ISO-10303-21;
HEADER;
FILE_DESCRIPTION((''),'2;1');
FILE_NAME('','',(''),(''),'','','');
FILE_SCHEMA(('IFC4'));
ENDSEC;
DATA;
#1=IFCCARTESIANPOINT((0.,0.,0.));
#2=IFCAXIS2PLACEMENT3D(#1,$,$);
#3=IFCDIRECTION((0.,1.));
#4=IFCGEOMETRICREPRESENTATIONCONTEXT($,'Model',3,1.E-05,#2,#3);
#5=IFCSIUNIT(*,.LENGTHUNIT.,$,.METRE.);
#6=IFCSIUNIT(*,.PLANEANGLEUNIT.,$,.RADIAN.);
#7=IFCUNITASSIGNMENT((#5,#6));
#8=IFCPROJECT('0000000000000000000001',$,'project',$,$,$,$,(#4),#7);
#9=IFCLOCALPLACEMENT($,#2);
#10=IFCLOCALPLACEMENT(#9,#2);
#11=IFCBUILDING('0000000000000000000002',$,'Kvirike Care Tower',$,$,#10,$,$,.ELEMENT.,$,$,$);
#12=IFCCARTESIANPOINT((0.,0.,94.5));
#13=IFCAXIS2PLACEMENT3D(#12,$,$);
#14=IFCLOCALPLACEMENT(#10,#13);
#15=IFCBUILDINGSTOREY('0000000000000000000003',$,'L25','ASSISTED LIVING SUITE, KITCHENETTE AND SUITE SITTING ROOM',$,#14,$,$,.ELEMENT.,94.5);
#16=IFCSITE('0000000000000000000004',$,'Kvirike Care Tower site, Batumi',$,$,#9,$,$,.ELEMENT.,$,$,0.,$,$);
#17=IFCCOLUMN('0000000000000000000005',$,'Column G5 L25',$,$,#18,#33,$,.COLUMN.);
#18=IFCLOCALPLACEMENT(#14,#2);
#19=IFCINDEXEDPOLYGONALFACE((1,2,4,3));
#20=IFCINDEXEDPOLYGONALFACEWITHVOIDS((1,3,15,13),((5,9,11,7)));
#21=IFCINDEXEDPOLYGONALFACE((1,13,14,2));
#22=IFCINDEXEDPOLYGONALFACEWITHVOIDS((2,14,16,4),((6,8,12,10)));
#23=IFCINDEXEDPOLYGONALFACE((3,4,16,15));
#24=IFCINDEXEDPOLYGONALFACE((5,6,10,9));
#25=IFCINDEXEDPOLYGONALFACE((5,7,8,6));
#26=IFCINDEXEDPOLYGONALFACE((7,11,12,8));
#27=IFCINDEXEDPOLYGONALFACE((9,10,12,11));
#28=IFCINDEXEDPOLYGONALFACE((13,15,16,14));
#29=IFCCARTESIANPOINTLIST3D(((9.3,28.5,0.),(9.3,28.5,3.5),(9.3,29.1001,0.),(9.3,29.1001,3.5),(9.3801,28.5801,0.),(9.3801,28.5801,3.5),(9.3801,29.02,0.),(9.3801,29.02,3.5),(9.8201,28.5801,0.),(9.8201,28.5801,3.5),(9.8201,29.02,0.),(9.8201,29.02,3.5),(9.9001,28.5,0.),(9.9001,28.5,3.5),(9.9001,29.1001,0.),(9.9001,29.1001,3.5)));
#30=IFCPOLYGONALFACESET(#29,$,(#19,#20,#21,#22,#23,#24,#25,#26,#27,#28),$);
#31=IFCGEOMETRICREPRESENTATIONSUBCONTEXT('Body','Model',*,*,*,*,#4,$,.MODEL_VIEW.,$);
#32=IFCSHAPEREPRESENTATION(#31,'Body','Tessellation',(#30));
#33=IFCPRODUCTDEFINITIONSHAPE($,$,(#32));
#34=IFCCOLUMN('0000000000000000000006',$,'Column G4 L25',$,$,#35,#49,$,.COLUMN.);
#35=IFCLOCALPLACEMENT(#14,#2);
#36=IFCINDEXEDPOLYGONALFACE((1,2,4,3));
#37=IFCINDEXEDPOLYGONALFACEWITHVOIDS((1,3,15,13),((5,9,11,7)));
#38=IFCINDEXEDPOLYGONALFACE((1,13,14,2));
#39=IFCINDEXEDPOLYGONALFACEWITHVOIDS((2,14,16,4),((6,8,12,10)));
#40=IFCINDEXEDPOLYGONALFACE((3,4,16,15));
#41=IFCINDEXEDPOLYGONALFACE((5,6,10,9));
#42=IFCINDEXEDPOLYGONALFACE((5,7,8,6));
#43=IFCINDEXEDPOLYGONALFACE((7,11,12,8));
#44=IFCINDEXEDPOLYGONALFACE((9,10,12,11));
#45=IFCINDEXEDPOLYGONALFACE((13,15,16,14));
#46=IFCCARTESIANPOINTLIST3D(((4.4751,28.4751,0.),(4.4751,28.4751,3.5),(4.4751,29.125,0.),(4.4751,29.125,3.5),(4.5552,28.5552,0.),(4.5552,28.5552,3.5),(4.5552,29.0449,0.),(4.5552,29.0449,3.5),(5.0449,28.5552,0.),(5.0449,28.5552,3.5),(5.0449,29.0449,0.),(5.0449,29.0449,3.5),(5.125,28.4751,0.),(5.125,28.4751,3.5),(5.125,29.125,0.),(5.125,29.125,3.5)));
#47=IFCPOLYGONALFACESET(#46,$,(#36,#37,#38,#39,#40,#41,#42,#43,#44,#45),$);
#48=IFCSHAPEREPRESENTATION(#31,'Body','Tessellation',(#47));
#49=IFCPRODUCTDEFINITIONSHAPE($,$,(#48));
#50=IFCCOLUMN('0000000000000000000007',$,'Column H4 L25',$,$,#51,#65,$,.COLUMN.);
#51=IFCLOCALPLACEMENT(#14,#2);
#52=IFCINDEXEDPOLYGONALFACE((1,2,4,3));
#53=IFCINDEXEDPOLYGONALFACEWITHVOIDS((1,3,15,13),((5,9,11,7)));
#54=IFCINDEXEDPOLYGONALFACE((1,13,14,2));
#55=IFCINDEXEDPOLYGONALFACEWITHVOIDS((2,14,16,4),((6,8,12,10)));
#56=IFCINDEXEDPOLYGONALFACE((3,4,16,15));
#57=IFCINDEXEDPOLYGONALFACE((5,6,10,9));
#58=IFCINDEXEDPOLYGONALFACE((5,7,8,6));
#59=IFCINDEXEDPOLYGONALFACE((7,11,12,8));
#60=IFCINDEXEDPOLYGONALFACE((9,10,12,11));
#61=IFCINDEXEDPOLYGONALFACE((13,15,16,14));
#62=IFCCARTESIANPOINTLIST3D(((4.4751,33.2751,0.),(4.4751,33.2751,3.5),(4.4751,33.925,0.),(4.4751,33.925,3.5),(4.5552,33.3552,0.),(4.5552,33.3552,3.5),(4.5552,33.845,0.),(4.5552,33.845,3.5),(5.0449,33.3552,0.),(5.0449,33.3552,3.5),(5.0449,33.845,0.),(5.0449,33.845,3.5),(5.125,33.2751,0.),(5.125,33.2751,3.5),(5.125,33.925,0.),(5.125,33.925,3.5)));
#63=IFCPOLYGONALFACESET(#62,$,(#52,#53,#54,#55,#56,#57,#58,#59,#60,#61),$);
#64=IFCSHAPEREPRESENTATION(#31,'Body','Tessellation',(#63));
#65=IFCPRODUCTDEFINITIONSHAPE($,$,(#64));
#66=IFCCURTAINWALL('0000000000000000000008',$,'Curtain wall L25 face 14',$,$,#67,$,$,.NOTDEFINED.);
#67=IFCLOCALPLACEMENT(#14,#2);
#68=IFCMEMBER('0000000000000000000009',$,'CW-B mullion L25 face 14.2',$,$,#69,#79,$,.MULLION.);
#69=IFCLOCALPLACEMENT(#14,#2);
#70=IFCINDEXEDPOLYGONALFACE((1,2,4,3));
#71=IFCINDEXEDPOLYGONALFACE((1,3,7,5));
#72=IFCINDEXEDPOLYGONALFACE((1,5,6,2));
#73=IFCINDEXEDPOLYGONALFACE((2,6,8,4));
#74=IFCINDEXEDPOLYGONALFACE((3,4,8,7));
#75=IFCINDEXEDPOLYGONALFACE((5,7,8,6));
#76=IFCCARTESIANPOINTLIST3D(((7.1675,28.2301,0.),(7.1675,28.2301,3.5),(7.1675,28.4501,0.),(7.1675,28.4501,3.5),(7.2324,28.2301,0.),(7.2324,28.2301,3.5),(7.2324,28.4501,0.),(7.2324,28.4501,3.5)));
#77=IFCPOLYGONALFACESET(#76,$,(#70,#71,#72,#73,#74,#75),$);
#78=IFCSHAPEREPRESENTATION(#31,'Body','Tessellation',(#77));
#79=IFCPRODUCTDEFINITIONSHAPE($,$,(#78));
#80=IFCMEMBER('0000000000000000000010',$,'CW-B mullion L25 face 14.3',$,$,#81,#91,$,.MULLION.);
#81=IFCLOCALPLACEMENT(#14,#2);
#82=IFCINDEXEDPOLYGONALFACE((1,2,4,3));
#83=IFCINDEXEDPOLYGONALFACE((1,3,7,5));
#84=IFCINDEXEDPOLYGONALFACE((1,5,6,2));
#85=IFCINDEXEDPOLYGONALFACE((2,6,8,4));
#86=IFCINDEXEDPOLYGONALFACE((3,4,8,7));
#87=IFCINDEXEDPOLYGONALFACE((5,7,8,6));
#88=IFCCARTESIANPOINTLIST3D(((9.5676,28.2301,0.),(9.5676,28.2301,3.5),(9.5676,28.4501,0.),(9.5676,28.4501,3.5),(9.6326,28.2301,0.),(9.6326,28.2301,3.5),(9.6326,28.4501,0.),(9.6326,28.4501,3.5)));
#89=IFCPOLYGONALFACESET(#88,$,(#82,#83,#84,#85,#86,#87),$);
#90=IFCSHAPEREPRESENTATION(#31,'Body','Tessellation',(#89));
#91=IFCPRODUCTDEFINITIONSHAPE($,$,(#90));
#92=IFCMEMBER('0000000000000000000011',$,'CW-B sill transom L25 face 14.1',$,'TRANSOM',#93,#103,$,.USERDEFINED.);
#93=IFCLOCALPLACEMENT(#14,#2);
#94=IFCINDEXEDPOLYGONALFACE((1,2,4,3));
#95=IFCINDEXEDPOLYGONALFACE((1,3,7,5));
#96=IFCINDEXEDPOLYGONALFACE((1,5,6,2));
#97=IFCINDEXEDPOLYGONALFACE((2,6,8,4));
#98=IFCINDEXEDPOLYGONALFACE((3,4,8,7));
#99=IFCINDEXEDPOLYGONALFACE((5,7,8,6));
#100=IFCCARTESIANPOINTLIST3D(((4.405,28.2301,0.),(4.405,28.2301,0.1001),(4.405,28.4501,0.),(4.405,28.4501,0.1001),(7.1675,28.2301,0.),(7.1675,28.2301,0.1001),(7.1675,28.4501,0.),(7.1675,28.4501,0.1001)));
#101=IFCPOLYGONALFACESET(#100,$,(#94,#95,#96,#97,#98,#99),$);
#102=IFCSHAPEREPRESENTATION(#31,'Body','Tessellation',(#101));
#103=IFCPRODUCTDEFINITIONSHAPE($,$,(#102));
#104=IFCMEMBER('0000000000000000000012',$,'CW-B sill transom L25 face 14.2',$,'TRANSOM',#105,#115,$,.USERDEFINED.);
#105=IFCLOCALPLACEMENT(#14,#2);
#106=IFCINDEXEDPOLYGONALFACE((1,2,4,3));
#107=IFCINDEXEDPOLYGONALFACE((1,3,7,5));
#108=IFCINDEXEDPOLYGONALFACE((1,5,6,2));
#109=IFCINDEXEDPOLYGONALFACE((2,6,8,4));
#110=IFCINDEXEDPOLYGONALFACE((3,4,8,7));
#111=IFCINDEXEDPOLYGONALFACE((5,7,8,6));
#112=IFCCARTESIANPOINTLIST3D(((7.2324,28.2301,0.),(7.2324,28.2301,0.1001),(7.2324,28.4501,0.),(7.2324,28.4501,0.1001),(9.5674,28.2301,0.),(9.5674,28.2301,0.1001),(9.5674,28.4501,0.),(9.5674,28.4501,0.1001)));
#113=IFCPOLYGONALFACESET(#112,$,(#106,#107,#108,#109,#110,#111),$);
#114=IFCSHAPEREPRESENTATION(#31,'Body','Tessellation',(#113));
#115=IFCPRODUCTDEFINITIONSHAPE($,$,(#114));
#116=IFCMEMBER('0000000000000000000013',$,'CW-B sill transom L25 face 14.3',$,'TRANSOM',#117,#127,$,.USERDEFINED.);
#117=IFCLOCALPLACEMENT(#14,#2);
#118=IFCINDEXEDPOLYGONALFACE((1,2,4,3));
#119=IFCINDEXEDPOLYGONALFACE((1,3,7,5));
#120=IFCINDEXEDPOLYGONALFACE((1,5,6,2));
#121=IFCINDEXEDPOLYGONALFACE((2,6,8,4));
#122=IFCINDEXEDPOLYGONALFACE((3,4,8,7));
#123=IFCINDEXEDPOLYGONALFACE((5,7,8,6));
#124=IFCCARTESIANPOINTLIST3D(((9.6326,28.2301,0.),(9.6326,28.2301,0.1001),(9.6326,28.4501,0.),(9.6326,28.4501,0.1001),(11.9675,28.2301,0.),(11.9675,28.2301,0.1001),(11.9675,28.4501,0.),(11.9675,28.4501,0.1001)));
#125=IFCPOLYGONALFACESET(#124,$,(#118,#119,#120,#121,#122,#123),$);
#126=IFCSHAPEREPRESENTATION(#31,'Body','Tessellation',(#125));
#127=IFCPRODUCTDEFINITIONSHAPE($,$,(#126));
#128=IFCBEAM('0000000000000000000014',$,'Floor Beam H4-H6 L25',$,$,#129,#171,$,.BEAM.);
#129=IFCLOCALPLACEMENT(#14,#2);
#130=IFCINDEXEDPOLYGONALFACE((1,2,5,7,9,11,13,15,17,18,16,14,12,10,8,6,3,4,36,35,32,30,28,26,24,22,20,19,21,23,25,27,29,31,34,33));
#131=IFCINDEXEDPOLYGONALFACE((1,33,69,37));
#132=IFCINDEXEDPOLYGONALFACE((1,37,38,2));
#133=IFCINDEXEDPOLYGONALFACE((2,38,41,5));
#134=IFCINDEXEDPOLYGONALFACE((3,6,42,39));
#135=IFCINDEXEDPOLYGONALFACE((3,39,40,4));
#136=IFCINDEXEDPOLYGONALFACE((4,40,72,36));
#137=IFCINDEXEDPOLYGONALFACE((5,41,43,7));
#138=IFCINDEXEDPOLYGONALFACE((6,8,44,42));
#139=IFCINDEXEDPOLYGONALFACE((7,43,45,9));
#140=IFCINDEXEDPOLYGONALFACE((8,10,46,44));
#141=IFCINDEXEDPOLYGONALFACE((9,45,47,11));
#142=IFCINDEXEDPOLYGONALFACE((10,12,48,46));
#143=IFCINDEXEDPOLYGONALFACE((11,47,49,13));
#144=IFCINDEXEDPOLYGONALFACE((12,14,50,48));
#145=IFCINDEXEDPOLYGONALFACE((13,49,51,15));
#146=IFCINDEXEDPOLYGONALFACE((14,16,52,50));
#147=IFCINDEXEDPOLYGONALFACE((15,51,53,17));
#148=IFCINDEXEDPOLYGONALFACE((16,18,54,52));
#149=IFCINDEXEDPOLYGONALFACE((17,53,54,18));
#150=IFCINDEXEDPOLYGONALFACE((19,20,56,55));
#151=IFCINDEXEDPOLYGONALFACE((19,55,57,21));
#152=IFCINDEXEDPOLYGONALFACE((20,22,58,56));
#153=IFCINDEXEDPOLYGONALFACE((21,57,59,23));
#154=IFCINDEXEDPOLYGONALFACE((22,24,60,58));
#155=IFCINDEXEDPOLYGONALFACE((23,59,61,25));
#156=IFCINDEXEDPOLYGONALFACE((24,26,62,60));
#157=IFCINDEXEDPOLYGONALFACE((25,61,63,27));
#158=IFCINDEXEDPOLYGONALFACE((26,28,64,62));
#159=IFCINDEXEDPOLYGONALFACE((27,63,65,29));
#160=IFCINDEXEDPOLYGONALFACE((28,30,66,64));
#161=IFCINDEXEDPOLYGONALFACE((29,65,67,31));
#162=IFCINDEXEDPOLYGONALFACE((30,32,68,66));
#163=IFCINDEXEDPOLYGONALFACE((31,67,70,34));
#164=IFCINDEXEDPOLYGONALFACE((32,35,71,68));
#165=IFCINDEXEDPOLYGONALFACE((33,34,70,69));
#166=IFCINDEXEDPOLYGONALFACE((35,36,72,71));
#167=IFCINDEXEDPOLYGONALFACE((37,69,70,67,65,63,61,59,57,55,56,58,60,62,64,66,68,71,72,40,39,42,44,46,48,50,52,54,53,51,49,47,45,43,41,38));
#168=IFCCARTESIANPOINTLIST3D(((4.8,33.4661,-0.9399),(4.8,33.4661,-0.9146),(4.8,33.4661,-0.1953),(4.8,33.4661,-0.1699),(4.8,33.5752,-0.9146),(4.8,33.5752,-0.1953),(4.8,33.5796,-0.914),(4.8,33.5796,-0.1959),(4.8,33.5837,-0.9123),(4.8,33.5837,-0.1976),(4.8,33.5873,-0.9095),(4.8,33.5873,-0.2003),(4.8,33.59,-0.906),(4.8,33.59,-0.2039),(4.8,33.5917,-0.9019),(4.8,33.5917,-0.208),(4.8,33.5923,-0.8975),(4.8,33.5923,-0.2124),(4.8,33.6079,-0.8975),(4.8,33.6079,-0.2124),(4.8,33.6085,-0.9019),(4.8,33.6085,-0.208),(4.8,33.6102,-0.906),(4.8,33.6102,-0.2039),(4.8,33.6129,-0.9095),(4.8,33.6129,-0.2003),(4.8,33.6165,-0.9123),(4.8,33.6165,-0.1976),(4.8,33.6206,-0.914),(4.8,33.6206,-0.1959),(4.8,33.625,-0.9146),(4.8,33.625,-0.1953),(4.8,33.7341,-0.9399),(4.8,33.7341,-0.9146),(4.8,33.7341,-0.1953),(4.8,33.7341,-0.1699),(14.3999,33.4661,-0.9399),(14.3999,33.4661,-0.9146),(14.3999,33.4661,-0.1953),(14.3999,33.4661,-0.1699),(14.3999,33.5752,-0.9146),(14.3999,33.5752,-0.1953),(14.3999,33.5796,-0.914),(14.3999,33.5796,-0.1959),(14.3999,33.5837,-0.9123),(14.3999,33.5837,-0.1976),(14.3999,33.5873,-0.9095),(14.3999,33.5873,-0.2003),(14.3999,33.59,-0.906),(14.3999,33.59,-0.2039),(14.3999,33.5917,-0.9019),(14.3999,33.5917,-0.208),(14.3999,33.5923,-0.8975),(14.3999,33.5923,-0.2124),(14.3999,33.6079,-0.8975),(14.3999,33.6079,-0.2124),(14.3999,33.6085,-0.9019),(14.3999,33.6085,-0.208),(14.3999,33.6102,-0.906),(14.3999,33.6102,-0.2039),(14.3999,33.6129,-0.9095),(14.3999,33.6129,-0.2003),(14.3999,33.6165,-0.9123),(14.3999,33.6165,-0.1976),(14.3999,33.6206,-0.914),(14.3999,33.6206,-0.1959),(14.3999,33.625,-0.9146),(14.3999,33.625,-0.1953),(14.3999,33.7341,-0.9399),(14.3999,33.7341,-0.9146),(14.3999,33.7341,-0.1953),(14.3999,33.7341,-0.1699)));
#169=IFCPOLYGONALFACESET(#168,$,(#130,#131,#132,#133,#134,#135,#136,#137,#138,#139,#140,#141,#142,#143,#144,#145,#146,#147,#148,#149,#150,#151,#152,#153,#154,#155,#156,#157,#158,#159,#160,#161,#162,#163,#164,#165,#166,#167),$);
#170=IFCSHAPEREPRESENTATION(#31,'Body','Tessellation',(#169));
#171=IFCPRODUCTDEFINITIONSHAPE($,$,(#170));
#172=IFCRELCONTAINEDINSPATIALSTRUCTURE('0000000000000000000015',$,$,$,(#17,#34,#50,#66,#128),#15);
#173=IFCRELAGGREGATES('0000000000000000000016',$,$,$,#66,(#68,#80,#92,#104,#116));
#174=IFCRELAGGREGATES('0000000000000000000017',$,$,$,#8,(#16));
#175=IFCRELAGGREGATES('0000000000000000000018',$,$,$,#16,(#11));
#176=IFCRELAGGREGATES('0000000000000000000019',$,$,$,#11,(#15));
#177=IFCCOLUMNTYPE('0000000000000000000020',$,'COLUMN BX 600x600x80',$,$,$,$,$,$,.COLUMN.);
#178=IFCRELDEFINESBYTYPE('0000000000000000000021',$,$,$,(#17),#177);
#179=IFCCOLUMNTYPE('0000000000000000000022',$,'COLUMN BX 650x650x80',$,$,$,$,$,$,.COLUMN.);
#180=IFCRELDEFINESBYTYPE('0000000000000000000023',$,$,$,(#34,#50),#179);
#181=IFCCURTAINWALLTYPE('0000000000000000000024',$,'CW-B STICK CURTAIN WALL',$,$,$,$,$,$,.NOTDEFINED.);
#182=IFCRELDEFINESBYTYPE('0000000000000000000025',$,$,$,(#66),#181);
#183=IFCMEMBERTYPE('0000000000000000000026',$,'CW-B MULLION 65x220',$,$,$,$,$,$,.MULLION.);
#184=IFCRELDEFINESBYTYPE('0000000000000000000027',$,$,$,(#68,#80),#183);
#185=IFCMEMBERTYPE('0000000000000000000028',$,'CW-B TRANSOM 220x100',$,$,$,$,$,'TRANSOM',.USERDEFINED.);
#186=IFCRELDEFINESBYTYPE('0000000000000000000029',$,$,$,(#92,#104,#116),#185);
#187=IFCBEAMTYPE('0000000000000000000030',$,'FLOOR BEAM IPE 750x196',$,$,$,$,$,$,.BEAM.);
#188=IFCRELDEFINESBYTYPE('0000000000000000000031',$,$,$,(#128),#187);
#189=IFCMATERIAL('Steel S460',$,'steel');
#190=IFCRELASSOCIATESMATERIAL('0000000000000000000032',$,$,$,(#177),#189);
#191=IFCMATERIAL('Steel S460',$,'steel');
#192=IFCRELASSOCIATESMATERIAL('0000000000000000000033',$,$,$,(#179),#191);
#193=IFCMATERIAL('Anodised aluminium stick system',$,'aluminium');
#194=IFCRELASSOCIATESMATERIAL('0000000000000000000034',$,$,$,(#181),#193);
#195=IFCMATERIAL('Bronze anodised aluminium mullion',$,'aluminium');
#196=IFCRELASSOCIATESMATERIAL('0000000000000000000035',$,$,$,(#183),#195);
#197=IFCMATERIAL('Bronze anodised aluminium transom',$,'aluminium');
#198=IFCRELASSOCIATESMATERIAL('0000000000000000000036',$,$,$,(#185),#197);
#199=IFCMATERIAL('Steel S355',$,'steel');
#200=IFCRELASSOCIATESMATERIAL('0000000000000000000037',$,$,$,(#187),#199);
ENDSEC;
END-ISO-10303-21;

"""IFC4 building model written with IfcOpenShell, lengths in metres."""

from ifc_helpers import new_model, si_unit, direction, frame, origin, origin_2d, place, context, subcontext, project, spatial, rectangle, hollow_rectangle, i_section, extrude, material, material_profile, profile_set, type_object, element, aggregate, save


model = new_model("IFC4")

# Units and contexts
model_context = context("Model", 3, precision=1e-05, world=origin(), true_north=direction((0.0, 1.0)))
body_context = subcontext(model_context, "Body", "Model", "MODEL_VIEW")
ifc_project = project(units=[si_unit("LENGTHUNIT", "METRE"), si_unit("PLANEANGLEUNIT", "RADIAN")], contexts=[model_context])

# Site, building, storey
site_placement = place(None, origin())
site = spatial("IfcSite", under=ifc_project, at=site_placement, Name="Kvirike Care Tower site, Batumi", CompositionType="ELEMENT", RefElevation=0.0)
building_placement = place(site_placement, origin())
building = spatial("IfcBuilding", under=site, at=building_placement, Name="Kvirike Care Tower", CompositionType="ELEMENT")
storey_placement = place(building_placement, frame((0.0, 0.0, 94.5)))
storey = spatial("IfcBuildingStorey", under=building, at=storey_placement, Name="L25", Description="ASSISTED LIVING SUITE, KITCHENETTE AND SUITE SITTING ROOM", CompositionType="ELEMENT", Elevation=94.5)

# Columns
ifc_material_1 = material(Name="Steel S460", Category="steel")
ifc_material_profile_1 = material_profile(ifc_material_1, hollow_rectangle(XDim=0.6001, YDim=0.6001, WallThickness=0.0801, at=origin_2d()), Name="BX 600x600x80")
ifc_profile_set_1 = profile_set([ifc_material_profile_1], Name="Steel S460")
column_type_1 = type_object("IfcColumnType", Name="COLUMN BX 600x600x80", PredefinedType="COLUMN", material=ifc_profile_set_1)
column_placement = place(storey_placement, frame((9.6001, 28.8, 0.0), z_axis=(0.0, 0.0, 1.0), x_axis=(0.0, 1.0, 0.0)))
element("IfcColumn", 1, at=column_placement, inside=storey, type_object=column_type_1, Name="Column G5 L25", PredefinedType="COLUMN", context=body_context, shape_type="SweptSolid", body=[
    extrude(hollow_rectangle(XDim=0.6001, YDim=0.6001, WallThickness=0.0801, at=origin_2d()), origin(), (0.0, 0.0, 1.0), 3.5),
])
ifc_material_2 = material(Name="Steel S460", Category="steel")
ifc_material_profile_2 = material_profile(ifc_material_2, hollow_rectangle(XDim=0.6499, YDim=0.6499, WallThickness=0.0801, at=origin_2d()), Name="BX 650x650x80")
ifc_profile_set_2 = profile_set([ifc_material_profile_2], Name="Steel S460")
column_type_2 = type_object("IfcColumnType", Name="COLUMN BX 650x650x80", PredefinedType="COLUMN", material=ifc_profile_set_2)
for number, where, z_axis, x_axis, name in (
    (2, (4.8, 28.8, 0.0), (0.0, 0.0, 1.0), (0.0, 1.0, 0.0), "Column G4 L25"),
    (3, (4.8, 33.6001, 0.0), (0.0, 0.0, 1.0), (0.0, 1.0, 0.0), "Column H4 L25"),
):
    element("IfcColumn", number, at=place(storey_placement, frame(where, z_axis=z_axis, x_axis=x_axis)), inside=storey, type_object=column_type_2, Name=name, PredefinedType="COLUMN", context=body_context, shape_type="SweptSolid", body=[
        extrude(hollow_rectangle(XDim=0.6499, YDim=0.6499, WallThickness=0.0801, at=origin_2d()), origin(), (0.0, 0.0, 1.0), 3.5),
    ])

# Curtain wall, members
ifc_material_3 = material(Name="Anodised aluminium stick system", Category="aluminium")
curtain_wall_type = type_object("IfcCurtainWallType", Name="CW-B STICK CURTAIN WALL", PredefinedType="NOTDEFINED", material=ifc_material_3)
curtain_wall_placement = place(storey_placement, origin())
curtain_wall = element("IfcCurtainWall", 4, at=curtain_wall_placement, inside=storey, type_object=curtain_wall_type, Name="Curtain wall L25 face 14", PredefinedType="NOTDEFINED")
ifc_material_4 = material(Name="Bronze anodised aluminium mullion", Category="aluminium")
ifc_material_profile_3 = material_profile(ifc_material_4, rectangle(XDim=0.0649, YDim=0.22, at=origin_2d()), Name="CW-B MULLION 65x220")
ifc_profile_set_3 = profile_set([ifc_material_profile_3], Name="Bronze anodised aluminium mullion")
member_type_1 = type_object("IfcMemberType", Name="CW-B MULLION 65x220", PredefinedType="MULLION", material=ifc_profile_set_3)
member_1_placement = place(storey_placement, frame((7.2, 28.3401, 0.0), z_axis=(0.0, 0.0, 1.0), x_axis=(1.0, 0.0, 0.0)))
member_1 = element("IfcMember", 5, at=member_1_placement, type_object=member_type_1, Name="CW-B mullion L25 face 14.2", PredefinedType="MULLION", context=body_context, shape_type="SweptSolid", body=[
    extrude(rectangle(XDim=0.0649, YDim=0.22, at=origin_2d()), origin(), (0.0, 0.0, 1.0), 3.5),
])
member_2_placement = place(storey_placement, frame((9.6001, 28.3401, 0.0), z_axis=(0.0, 0.0, 1.0), x_axis=(1.0, 0.0, 0.0)))
member_2 = element("IfcMember", 6, at=member_2_placement, type_object=member_type_1, Name="CW-B mullion L25 face 14.3", PredefinedType="MULLION", context=body_context, shape_type="SweptSolid", body=[
    extrude(rectangle(XDim=0.0649, YDim=0.22, at=origin_2d()), origin(), (0.0, 0.0, 1.0), 3.5),
])
ifc_material_5 = material(Name="Bronze anodised aluminium transom", Category="aluminium")
ifc_material_profile_4 = material_profile(ifc_material_5, rectangle(XDim=0.22, YDim=0.1001, at=origin_2d()), Name="CW-B TRANSOM 220x100")
ifc_profile_set_4 = profile_set([ifc_material_profile_4], Name="Bronze anodised aluminium transom")
member_type_2 = type_object("IfcMemberType", Name="CW-B TRANSOM 220x100", ElementType="TRANSOM", PredefinedType="USERDEFINED", material=ifc_profile_set_4)
member_3_placement = place(storey_placement, frame((4.405, 28.3401, 0.05), z_axis=(1.0, 0.0, 0.0), x_axis=(0.0, 1.0, 0.0)))
member_3 = element("IfcMember", 7, at=member_3_placement, type_object=member_type_2, Name="CW-B sill transom L25 face 14.1", ObjectType="TRANSOM", PredefinedType="USERDEFINED", context=body_context, shape_type="SweptSolid", body=[
    extrude(rectangle(XDim=0.22, YDim=0.1001, at=origin_2d()), origin(), (0.0, 0.0, 1.0), 2.7625),
])
member_4_placement = place(storey_placement, frame((7.2324, 28.3401, 0.05), z_axis=(1.0, 0.0, 0.0), x_axis=(0.0, 1.0, 0.0)))
member_4 = element("IfcMember", 8, at=member_4_placement, type_object=member_type_2, Name="CW-B sill transom L25 face 14.2", ObjectType="TRANSOM", PredefinedType="USERDEFINED", context=body_context, shape_type="SweptSolid", body=[
    extrude(rectangle(XDim=0.22, YDim=0.1001, at=origin_2d()), origin(), (0.0, 0.0, 1.0), 2.335),
])
member_5_placement = place(storey_placement, frame((9.6326, 28.3401, 0.05), z_axis=(1.0, 0.0, 0.0), x_axis=(0.0, 1.0, 0.0)))
member_5 = element("IfcMember", 9, at=member_5_placement, type_object=member_type_2, Name="CW-B sill transom L25 face 14.3", ObjectType="TRANSOM", PredefinedType="USERDEFINED", context=body_context, shape_type="SweptSolid", body=[
    extrude(rectangle(XDim=0.22, YDim=0.1001, at=origin_2d()), origin(), (0.0, 0.0, 1.0), 2.335),
])

# Beam
ifc_material_6 = material(Name="Steel S355", Category="steel")
ifc_material_profile_5 = material_profile(ifc_material_6, i_section(OverallWidth=0.2681, OverallDepth=0.77, WebThickness=0.0156, FlangeThickness=0.0254, FilletRadius=0.0171, at=origin_2d()), Name="IPE 750x196")
ifc_profile_set_5 = profile_set([ifc_material_profile_5], Name="Steel S355")
beam_type_1 = type_object("IfcBeamType", Name="FLOOR BEAM IPE 750x196", PredefinedType="BEAM", material=ifc_profile_set_5)
beam_1_placement = place(storey_placement, frame((4.8, 33.6001, -0.5549), z_axis=(1.0, 0.0, 0.0), x_axis=(0.0, 1.0, 0.0)))
element("IfcBeam", 10, at=beam_1_placement, inside=storey, type_object=beam_type_1, Name="Floor Beam H4-H6 L25", PredefinedType="BEAM", context=body_context, shape_type="SweptSolid", body=[
    extrude(i_section(OverallWidth=0.2681, OverallDepth=0.77, WebThickness=0.0156, FlangeThickness=0.0254, FilletRadius=0.0171, at=origin_2d()), origin(), (0.0, 0.0, 1.0), 9.5999),
])

aggregate(curtain_wall, [member_1, member_2, member_3, member_4, member_5])

save(model, "model.ifc")
